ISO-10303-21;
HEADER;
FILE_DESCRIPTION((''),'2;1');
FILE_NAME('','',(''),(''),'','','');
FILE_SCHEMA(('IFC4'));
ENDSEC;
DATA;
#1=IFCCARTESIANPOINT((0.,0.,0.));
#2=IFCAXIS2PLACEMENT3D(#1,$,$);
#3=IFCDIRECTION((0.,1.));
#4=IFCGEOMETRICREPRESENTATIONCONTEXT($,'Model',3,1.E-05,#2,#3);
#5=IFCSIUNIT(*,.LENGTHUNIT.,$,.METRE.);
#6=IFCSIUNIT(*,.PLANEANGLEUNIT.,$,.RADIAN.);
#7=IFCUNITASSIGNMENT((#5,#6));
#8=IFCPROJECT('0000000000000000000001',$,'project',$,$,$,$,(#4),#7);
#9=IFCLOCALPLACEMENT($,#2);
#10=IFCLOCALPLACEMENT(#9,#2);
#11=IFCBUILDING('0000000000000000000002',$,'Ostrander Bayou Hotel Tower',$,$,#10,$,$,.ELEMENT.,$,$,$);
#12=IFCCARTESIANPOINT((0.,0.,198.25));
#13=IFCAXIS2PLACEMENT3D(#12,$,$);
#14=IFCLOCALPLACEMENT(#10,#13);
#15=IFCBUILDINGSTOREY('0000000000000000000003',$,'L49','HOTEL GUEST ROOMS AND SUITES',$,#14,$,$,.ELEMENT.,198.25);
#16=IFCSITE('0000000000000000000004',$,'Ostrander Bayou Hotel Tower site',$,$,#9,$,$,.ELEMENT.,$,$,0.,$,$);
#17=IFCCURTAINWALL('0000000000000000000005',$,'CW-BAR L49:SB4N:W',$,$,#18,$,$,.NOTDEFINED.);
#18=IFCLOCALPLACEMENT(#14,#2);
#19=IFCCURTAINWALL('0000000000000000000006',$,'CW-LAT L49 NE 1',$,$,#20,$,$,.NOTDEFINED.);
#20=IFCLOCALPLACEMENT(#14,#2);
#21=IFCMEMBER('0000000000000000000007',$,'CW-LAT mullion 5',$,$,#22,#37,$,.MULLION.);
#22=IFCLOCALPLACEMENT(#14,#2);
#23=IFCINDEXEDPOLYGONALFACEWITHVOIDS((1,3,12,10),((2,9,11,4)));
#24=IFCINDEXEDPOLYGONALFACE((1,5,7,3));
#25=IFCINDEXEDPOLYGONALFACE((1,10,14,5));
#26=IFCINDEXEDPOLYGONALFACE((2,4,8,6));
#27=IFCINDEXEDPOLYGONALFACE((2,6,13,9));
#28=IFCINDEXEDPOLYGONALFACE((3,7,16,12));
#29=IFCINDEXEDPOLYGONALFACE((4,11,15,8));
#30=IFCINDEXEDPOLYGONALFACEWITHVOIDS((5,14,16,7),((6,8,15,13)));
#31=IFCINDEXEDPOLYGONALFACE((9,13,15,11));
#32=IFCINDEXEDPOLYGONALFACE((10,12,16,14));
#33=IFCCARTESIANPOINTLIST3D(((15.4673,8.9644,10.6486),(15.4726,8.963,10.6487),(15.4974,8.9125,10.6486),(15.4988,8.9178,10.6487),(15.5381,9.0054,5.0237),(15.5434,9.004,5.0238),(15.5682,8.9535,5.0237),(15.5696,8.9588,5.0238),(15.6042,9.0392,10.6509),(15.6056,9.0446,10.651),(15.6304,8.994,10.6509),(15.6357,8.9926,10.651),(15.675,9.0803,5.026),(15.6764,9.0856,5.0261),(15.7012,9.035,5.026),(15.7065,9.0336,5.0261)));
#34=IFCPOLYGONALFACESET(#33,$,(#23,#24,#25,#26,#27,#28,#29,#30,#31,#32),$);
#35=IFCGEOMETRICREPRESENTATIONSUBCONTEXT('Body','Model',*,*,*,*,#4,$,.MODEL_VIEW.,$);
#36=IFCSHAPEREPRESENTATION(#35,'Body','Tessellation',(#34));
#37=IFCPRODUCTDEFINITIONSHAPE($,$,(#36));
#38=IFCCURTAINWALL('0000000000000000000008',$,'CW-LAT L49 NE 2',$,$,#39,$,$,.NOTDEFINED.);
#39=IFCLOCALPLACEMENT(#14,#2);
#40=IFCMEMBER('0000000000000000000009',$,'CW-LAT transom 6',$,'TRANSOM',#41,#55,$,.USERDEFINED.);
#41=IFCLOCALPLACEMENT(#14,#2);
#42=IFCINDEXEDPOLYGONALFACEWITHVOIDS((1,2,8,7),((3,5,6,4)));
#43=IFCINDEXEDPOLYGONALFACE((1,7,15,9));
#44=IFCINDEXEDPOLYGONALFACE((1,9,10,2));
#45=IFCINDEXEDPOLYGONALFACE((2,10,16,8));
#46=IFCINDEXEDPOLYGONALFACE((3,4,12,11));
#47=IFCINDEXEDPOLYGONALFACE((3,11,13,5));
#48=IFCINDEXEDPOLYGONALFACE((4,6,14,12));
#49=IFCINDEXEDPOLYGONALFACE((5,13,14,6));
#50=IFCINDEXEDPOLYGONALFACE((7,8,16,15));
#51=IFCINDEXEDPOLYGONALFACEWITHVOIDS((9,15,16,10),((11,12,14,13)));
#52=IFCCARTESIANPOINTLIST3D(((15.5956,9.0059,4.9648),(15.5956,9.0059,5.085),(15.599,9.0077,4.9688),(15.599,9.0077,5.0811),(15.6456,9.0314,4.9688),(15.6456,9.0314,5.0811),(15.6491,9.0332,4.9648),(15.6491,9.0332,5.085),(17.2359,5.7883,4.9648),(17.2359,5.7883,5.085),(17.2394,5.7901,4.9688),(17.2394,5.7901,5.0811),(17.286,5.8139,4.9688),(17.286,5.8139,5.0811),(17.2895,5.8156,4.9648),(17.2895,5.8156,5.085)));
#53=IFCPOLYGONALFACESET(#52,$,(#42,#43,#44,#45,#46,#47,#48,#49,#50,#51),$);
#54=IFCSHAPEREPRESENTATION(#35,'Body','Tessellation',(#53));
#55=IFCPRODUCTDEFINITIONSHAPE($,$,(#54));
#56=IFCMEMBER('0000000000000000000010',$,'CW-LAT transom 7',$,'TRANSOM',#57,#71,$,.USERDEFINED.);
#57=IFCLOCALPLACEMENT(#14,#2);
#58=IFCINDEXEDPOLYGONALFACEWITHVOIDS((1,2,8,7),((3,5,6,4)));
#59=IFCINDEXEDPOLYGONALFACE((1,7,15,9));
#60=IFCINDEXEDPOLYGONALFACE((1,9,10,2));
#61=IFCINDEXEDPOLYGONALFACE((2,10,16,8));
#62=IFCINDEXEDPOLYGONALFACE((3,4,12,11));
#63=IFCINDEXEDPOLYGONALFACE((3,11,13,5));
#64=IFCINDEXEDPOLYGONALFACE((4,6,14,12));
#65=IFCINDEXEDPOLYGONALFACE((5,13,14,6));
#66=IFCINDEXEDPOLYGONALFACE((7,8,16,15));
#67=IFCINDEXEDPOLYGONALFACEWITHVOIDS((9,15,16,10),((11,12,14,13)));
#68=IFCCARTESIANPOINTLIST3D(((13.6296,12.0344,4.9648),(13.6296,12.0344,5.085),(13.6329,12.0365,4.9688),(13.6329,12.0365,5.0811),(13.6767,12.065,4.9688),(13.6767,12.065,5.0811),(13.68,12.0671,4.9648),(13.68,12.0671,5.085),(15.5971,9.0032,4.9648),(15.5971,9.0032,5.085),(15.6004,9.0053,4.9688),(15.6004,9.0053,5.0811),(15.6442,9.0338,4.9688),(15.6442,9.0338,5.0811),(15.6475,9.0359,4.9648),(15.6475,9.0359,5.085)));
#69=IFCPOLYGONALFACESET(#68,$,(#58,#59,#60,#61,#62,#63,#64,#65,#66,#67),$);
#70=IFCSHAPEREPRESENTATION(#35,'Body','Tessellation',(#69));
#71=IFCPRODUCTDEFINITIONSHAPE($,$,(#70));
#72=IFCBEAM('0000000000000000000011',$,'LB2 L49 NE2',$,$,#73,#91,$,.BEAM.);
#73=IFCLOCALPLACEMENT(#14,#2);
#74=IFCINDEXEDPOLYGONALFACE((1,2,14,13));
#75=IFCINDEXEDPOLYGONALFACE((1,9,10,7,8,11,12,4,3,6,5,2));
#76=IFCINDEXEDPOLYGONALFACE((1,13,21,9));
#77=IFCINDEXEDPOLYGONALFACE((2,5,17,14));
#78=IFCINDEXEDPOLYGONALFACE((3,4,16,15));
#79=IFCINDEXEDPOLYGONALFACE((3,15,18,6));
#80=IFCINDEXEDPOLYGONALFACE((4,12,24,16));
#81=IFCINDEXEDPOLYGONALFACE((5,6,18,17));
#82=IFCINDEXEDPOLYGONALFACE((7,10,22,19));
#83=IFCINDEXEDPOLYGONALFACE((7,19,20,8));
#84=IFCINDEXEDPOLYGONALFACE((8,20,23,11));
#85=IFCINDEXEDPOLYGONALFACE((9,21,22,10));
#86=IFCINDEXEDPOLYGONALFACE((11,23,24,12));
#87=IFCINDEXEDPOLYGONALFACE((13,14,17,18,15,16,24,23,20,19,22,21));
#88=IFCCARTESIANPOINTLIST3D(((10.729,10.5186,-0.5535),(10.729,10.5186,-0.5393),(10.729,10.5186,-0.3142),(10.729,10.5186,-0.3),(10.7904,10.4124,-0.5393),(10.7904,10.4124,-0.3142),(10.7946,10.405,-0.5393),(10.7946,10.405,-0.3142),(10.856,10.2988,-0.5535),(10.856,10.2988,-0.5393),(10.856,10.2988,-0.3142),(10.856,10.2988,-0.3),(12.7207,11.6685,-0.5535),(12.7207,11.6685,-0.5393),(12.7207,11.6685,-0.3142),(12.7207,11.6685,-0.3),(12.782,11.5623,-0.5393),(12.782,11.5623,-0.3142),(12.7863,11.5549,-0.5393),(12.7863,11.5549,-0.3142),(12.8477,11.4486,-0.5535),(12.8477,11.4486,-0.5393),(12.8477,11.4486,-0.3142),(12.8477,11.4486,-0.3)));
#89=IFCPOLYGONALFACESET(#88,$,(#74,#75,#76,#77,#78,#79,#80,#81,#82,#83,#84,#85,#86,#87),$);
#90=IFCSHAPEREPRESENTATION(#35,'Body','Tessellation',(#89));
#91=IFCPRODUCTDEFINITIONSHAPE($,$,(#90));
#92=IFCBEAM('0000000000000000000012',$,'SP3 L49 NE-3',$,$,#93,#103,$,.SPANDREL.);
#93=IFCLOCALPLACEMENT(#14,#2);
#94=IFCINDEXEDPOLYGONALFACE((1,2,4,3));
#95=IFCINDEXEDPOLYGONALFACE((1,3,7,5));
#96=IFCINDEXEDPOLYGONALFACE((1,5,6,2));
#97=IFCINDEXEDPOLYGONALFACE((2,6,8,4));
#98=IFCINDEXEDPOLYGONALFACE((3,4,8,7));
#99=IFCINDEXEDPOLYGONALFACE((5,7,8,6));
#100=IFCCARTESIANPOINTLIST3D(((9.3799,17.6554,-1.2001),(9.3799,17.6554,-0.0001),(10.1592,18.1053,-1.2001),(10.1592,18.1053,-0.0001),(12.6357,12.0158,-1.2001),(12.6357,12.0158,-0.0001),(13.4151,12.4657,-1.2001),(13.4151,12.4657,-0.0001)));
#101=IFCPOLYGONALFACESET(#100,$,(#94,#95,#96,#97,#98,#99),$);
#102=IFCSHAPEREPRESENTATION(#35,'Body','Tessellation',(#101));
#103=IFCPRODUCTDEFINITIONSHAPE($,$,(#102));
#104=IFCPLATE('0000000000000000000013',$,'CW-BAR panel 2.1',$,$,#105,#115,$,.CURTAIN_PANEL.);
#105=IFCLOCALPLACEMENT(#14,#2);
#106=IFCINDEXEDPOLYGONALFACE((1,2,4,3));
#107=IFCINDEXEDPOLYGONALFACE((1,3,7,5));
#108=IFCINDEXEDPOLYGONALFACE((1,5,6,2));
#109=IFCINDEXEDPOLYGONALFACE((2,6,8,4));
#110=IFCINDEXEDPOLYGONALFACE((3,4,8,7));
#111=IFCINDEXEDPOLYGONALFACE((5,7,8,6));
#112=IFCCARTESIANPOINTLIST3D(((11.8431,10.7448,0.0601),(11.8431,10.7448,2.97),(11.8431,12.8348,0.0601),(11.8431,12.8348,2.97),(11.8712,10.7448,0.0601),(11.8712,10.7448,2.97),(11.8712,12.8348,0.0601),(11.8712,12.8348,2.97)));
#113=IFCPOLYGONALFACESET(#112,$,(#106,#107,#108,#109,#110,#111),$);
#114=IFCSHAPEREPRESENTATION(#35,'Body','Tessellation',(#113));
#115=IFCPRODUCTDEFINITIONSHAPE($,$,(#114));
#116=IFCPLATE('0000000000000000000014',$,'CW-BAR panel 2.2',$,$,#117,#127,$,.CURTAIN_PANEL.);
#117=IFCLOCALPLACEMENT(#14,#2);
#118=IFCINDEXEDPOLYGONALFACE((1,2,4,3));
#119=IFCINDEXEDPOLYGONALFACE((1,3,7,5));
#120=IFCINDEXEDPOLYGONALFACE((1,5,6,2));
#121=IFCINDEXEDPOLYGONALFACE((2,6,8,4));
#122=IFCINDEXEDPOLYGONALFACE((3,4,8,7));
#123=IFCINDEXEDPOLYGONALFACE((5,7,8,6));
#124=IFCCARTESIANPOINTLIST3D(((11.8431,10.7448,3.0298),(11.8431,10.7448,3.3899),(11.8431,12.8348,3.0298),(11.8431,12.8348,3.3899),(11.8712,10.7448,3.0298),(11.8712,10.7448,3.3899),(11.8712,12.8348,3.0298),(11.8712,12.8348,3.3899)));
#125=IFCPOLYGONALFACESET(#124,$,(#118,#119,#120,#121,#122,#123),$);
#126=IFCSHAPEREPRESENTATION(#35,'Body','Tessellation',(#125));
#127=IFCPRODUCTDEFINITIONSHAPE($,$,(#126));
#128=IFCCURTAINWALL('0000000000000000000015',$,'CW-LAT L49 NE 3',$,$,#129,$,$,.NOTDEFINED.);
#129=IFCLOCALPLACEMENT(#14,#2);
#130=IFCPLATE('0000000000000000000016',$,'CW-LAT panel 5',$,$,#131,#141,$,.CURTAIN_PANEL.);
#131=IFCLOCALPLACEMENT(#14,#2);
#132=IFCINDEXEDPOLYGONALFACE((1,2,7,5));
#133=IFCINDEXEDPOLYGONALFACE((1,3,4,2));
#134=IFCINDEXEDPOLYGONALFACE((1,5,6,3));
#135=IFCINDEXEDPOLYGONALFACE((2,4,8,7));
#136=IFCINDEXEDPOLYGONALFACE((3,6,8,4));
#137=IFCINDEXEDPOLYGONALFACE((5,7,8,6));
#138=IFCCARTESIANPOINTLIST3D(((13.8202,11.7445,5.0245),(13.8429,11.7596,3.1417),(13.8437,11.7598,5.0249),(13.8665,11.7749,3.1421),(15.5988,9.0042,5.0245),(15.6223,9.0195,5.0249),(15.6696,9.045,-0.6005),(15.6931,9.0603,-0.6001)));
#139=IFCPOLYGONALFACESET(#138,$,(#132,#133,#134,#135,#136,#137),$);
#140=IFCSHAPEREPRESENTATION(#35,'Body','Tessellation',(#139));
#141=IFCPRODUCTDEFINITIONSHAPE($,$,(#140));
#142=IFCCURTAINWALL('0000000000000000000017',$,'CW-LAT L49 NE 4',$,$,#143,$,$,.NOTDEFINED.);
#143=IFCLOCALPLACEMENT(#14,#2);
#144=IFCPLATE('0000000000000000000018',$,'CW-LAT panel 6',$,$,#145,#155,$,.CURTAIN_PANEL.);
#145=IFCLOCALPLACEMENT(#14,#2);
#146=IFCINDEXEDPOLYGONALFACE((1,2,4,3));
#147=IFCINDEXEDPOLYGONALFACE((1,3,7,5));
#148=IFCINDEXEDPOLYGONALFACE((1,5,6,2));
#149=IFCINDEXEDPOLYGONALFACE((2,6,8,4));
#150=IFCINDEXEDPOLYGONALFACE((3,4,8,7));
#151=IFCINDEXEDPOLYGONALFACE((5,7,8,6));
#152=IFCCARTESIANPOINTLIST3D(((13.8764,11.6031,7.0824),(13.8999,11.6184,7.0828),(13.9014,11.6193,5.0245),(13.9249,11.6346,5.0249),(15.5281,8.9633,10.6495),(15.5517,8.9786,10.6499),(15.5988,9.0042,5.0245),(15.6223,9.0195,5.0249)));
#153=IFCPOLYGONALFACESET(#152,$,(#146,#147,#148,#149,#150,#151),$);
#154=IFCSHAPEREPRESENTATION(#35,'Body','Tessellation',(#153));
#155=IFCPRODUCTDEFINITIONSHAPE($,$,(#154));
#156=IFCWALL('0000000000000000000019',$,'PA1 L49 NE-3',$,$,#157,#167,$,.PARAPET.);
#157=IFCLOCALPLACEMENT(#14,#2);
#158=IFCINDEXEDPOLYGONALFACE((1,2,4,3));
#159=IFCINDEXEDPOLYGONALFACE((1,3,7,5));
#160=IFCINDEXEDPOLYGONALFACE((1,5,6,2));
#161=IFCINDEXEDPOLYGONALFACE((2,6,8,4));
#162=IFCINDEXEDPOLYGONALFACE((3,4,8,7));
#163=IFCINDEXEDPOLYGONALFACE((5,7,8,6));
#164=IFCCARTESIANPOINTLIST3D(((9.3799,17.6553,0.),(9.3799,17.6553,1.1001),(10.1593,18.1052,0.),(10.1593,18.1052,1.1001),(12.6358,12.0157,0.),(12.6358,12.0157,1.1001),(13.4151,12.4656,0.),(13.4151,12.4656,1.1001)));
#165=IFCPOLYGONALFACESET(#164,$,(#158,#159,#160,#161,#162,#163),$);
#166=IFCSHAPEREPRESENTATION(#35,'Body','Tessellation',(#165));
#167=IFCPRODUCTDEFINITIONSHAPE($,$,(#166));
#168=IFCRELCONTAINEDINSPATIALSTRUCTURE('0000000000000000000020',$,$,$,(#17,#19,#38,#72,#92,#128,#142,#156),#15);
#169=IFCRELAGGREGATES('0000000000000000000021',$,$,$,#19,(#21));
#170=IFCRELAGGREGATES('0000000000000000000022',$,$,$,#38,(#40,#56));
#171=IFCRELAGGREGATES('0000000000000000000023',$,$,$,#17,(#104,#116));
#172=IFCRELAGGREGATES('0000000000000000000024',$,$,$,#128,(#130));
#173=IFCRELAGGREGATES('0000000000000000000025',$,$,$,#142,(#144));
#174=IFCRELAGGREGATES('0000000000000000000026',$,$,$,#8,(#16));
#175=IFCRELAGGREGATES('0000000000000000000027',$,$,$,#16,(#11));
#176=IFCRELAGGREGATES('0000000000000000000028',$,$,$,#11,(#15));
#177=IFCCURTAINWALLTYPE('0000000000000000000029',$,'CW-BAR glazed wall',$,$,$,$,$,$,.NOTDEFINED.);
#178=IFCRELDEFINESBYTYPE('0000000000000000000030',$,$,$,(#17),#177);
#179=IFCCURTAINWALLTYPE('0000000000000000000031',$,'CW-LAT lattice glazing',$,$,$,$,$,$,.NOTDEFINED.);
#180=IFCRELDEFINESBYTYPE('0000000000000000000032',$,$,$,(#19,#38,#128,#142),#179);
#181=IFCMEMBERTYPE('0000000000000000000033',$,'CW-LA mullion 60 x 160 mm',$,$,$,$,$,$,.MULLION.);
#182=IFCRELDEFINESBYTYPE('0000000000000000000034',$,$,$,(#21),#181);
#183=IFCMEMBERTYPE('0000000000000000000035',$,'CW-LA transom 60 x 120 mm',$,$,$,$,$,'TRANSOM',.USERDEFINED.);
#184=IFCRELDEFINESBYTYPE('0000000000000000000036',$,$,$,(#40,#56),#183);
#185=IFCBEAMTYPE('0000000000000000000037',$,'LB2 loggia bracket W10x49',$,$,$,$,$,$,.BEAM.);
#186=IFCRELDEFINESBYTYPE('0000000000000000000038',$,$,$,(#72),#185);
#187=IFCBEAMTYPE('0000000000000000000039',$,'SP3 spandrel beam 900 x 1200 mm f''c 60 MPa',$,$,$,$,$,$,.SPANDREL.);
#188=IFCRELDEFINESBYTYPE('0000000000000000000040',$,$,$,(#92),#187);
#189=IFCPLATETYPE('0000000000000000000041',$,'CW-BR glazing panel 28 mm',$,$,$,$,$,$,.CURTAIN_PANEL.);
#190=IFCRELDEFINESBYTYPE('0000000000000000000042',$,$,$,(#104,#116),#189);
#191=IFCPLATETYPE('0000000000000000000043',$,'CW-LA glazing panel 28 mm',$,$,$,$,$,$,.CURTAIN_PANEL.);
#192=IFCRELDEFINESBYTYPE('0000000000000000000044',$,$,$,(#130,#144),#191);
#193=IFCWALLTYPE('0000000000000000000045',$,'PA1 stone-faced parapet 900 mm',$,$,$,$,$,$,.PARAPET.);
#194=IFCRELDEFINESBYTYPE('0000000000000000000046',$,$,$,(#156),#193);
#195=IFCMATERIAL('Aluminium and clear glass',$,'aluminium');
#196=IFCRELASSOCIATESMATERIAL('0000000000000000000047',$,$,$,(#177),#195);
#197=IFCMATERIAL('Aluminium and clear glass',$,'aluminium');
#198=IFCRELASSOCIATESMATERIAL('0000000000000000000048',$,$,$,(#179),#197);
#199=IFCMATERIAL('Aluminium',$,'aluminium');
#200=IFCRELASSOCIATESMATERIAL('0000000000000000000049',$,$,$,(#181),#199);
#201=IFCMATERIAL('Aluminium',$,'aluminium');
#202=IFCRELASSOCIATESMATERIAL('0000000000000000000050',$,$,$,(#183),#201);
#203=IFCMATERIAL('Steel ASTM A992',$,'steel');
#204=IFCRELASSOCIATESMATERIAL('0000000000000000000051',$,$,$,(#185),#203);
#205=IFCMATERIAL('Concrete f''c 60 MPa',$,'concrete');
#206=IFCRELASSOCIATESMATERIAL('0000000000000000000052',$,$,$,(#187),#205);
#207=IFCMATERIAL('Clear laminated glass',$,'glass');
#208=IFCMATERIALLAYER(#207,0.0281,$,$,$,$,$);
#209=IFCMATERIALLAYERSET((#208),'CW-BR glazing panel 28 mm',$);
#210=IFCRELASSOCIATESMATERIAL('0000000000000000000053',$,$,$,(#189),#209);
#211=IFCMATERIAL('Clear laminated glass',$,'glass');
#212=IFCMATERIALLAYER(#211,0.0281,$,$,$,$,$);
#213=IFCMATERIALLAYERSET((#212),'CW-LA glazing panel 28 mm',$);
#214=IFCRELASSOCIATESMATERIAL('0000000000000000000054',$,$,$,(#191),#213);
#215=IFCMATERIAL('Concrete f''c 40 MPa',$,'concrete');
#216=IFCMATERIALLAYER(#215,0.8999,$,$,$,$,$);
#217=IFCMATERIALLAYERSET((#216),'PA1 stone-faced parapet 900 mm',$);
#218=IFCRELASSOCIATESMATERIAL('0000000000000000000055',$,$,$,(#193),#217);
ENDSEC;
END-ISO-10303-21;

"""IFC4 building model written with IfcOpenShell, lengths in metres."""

from ifc_helpers import new_model, si_unit, direction, frame, frame_2d, origin, origin_2d, place, context, subcontext, project, spatial, polyline, rectangle, hollow_rectangle, i_section, outline, extrude, material, layer, layer_set, material_profile, profile_set, type_object, element, aggregate, save


model = new_model("IFC4")

# Units and contexts
model_context = context("Model", 3, precision=1e-05, world=origin(), true_north=direction((0.0, 1.0)))
body_context = subcontext(model_context, "Body", "Model", "MODEL_VIEW")
ifc_project = project(units=[si_unit("LENGTHUNIT", "METRE"), si_unit("PLANEANGLEUNIT", "RADIAN")], contexts=[model_context])

# Site, building, storey
site_placement = place(None, origin())
site = spatial("IfcSite", under=ifc_project, at=site_placement, Name="Ostrander Bayou Hotel Tower site", CompositionType="ELEMENT", RefElevation=0.0)
building_placement = place(site_placement, origin())
building = spatial("IfcBuilding", under=site, at=building_placement, Name="Ostrander Bayou Hotel Tower", CompositionType="ELEMENT")
storey_placement = place(building_placement, frame((0.0, 0.0, 198.25)))
storey = spatial("IfcBuildingStorey", under=building, at=storey_placement, Name="L49", Description="HOTEL GUEST ROOMS AND SUITES", CompositionType="ELEMENT", Elevation=198.25)

# Curtain walls, members
ifc_material_1 = material(Name="Aluminium and clear glass", Category="aluminium")
curtain_wall_type_1 = type_object("IfcCurtainWallType", Name="CW-BAR glazed wall", PredefinedType="NOTDEFINED", material=ifc_material_1)
curtain_wall_1_placement = place(storey_placement, origin())
curtain_wall_1 = element("IfcCurtainWall", 1, at=curtain_wall_1_placement, inside=storey, type_object=curtain_wall_type_1, Name="CW-BAR L49:SB4N:W", PredefinedType="NOTDEFINED")
ifc_material_2 = material(Name="Aluminium and clear glass", Category="aluminium")
curtain_wall_type_2 = type_object("IfcCurtainWallType", Name="CW-LAT lattice glazing", PredefinedType="NOTDEFINED", material=ifc_material_2)
curtain_wall_2_placement = place(storey_placement, origin())
curtain_wall_2 = element("IfcCurtainWall", 2, at=curtain_wall_2_placement, inside=storey, type_object=curtain_wall_type_2, Name="CW-LAT L49 NE 1", PredefinedType="NOTDEFINED")
ifc_material_3 = material(Name="Aluminium", Category="aluminium")
ifc_material_profile_1 = material_profile(ifc_material_3, hollow_rectangle(XDim=0.0601, YDim=0.1599, WallThickness=0.0039, at=origin_2d()))
ifc_profile_set_1 = profile_set([ifc_material_profile_1], Name="Aluminium")
member_type_1 = type_object("IfcMemberType", Name="CW-LA mullion 60 x 160 mm", PredefinedType="MULLION", material=ifc_profile_set_1)
member_1_placement = place(storey_placement, frame((15.6223, 9.0195, 5.0249), z_axis=(-0.012585, -0.007291, 0.999894), x_axis=(0.501271, -0.86529, 0.0)))
member_1 = element("IfcMember", 3, at=member_1_placement, type_object=member_type_1, Name="CW-LAT mullion 5", PredefinedType="MULLION", context=body_context, shape_type="SweptSolid", body=[
    extrude(hollow_rectangle(XDim=0.0601, YDim=0.1599, WallThickness=0.0039, at=origin_2d()), origin(), (0.0, 0.0, 1.0), 5.6255),
])
aggregate(curtain_wall_2, [member_1])
curtain_wall_3_placement = place(storey_placement, origin())
curtain_wall_3 = element("IfcCurtainWall", 4, at=curtain_wall_3_placement, inside=storey, type_object=curtain_wall_type_2, Name="CW-LAT L49 NE 2", PredefinedType="NOTDEFINED")
ifc_material_4 = material(Name="Aluminium", Category="aluminium")
ifc_material_profile_2 = material_profile(ifc_material_4, hollow_rectangle(XDim=0.0601, YDim=0.1201, WallThickness=0.0039, at=origin_2d()))
ifc_profile_set_2 = profile_set([ifc_material_profile_2], Name="Aluminium")
member_type_2 = type_object("IfcMemberType", Name="CW-LA transom 60 x 120 mm", ElementType="TRANSOM", PredefinedType="USERDEFINED", material=ifc_profile_set_2)
member_2_placement = place(storey_placement, frame((15.6223, 9.0195, 5.0249), z_axis=(0.454203, -0.890898, 0.0), x_axis=(0.890898, 0.454203, 0.0)))
member_2 = element("IfcMember", 5, at=member_2_placement, type_object=member_type_2, Name="CW-LAT transom 6", ObjectType="TRANSOM", PredefinedType="USERDEFINED", context=body_context, shape_type="SweptSolid", body=[
    extrude(hollow_rectangle(XDim=0.0601, YDim=0.1201, WallThickness=0.0039, at=origin_2d()), origin(), (0.0, 0.0, 1.0), 3.6116),
])
member_3_placement = place(storey_placement, frame((15.6223, 9.0195, 5.0249), z_axis=(-0.544447, 0.838795, 0.0), x_axis=(-0.838795, -0.544447, 0.0)))
member_3 = element("IfcMember", 6, at=member_3_placement, type_object=member_type_2, Name="CW-LAT transom 7", ObjectType="TRANSOM", PredefinedType="USERDEFINED", context=body_context, shape_type="SweptSolid", body=[
    extrude(hollow_rectangle(XDim=0.0601, YDim=0.1201, WallThickness=0.0039, at=origin_2d()), origin(), (0.0, 0.0, 1.0), 3.6138),
])
aggregate(curtain_wall_3, [member_2, member_3])

# Beams
ifc_material_5 = material(Name="Steel ASTM A992", Category="steel")
ifc_material_profile_3 = material_profile(ifc_material_5, i_section(OverallWidth=0.2539, OverallDepth=0.2534, WebThickness=0.0085, FlangeThickness=0.0142, at=origin_2d()))
ifc_profile_set_3 = profile_set([ifc_material_profile_3], Name="Steel ASTM A992")
beam_type_1 = type_object("IfcBeamType", Name="LB2 loggia bracket W10x49", PredefinedType="BEAM", material=ifc_profile_set_3)
beam_1_placement = place(storey_placement, frame((12.7842, 11.5586, -0.4268), z_axis=(-0.866026, -0.499998, 0.0), x_axis=(0.499998, -0.866026, 0.0)))
element("IfcBeam", 7, at=beam_1_placement, inside=storey, type_object=beam_type_1, Name="LB2 L49 NE2", PredefinedType="BEAM", context=body_context, shape_type="SweptSolid", body=[
    extrude(i_section(OverallWidth=0.2539, OverallDepth=0.2534, WebThickness=0.0085, FlangeThickness=0.0142, at=origin_2d()), origin(), (0.0, 0.0, 1.0), 2.2998),
])
ifc_material_6 = material(Name="Concrete f'c 60 MPa", Category="concrete")
ifc_material_profile_4 = material_profile(ifc_material_6, rectangle(XDim=0.8999, YDim=1.2, at=origin_2d()))
ifc_profile_set_4 = profile_set([ifc_material_profile_4], Name="Concrete f'c 60 MPa")
beam_type_2 = type_object("IfcBeamType", Name="SP3 spandrel beam 900 x 1200 mm f'c 60 MPa", PredefinedType="SPANDREL", material=ifc_profile_set_4)
beam_2_placement = place(storey_placement, frame((13.0254, 12.2407, -0.6001), z_axis=(-0.499978, 0.866038, 0.0), x_axis=(-0.866038, -0.499978, 0.0)))
element("IfcBeam", 8, at=beam_2_placement, inside=storey, type_object=beam_type_2, Name="SP3 L49 NE-3", PredefinedType="SPANDREL", context=body_context, shape_type="SweptSolid", body=[
    extrude(rectangle(XDim=0.8999, YDim=1.2, at=origin_2d()), origin(), (0.0, 0.0, 1.0), 6.512),
])

# Plates
ifc_material_7 = material(Name="Clear laminated glass", Category="glass")
ifc_layer_1 = layer(ifc_material_7, 0.0281)
ifc_layer_set_1 = layer_set([ifc_layer_1], Name="CW-BR glazing panel 28 mm")
plate_type_1 = type_object("IfcPlateType", Name="CW-BR glazing panel 28 mm", PredefinedType="CURTAIN_PANEL", material=ifc_layer_set_1)
plate_1_placement = place(storey_placement, frame((11.8572, 11.7898, 0.0601), z_axis=(0.0, 0.0, 1.0), x_axis=(0.0, 1.0, 0.0)))
plate_1 = element("IfcPlate", 9, at=plate_1_placement, type_object=plate_type_1, Name="CW-BAR panel 2.1", PredefinedType="CURTAIN_PANEL", context=body_context, shape_type="SweptSolid", body=[
    extrude(rectangle(XDim=2.0901, YDim=0.0281, at=origin_2d()), origin(), (0.0, 0.0, 1.0), 2.9099),
])
plate_2_placement = place(storey_placement, frame((11.8572, 11.7898, 3.0298), z_axis=(0.0, 0.0, 1.0), x_axis=(0.0, 1.0, 0.0)))
plate_2 = element("IfcPlate", 10, at=plate_2_placement, type_object=plate_type_1, Name="CW-BAR panel 2.2", PredefinedType="CURTAIN_PANEL", context=body_context, shape_type="SweptSolid", body=[
    extrude(rectangle(XDim=2.0901, YDim=0.0281, at=origin_2d()), origin(), (0.0, 0.0, 1.0), 0.3601),
])
aggregate(curtain_wall_1, [plate_1, plate_2])

# Curtain walls, plates
curtain_wall_4_placement = place(storey_placement, origin())
curtain_wall_4 = element("IfcCurtainWall", 11, at=curtain_wall_4_placement, inside=storey, type_object=curtain_wall_type_2, Name="CW-LAT L49 NE 3", PredefinedType="NOTDEFINED")
ifc_material_8 = material(Name="Clear laminated glass", Category="glass")
ifc_layer_2 = layer(ifc_material_8, 0.0281)
ifc_layer_set_2 = layer_set([ifc_layer_2], Name="CW-LA glazing panel 28 mm")
plate_type_2 = type_object("IfcPlateType", Name="CW-LA glazing panel 28 mm", PredefinedType="CURTAIN_PANEL", material=ifc_layer_set_2)
plate_3_placement = place(storey_placement, frame((13.8665, 11.7749, 3.1421), z_axis=(0.838714, 0.544378, 0.0145), x_axis=(0.367469, -0.546102, -0.752821)))
plate_3 = element("IfcPlate", 12, at=plate_3_placement, type_object=plate_type_2, Name="CW-LAT panel 5", PredefinedType="CURTAIN_PANEL", context=body_context, shape_type="SweptSolid", body=[
    extrude(outline(polyline([(0.0, 0.0), (4.9709, 0.0), (0.7325, -3.6991), (-1.4175, -1.2395), (0.0, 0.0)])), origin(), (0.0, 0.0, -1.0), 0.0281),
])
aggregate(curtain_wall_4, [plate_3])
curtain_wall_5_placement = place(storey_placement, origin())
curtain_wall_5 = element("IfcCurtainWall", 13, at=curtain_wall_5_placement, inside=storey, type_object=curtain_wall_type_2, Name="CW-LAT L49 NE 4", PredefinedType="NOTDEFINED")
plate_4_placement = place(storey_placement, frame((13.8999, 11.6184, 7.0828), z_axis=(0.838713, 0.544381, 0.014496), x_axis=(0.348831, -0.557494, 0.753338)))
plate_4 = element("IfcPlate", 14, at=plate_4_placement, type_object=plate_type_2, Name="CW-LAT panel 6", PredefinedType="CURTAIN_PANEL", context=body_context, shape_type="SweptSolid", body=[
    extrude(outline(polyline([(0.0, 0.0), (4.7351, 0.0), (0.4994, 3.7022), (-1.5506, 1.3533), (0.0, 0.0)])), origin(), (0.0, 0.0, -1.0), 0.0281),
])
aggregate(curtain_wall_5, [plate_4])

# Wall
ifc_material_9 = material(Name="Concrete f'c 40 MPa", Category="concrete")
ifc_layer_3 = layer(ifc_material_9, 0.8999)
ifc_layer_set_3 = layer_set([ifc_layer_3], Name="PA1 stone-faced parapet 900 mm")
wall_type = type_object("IfcWallType", Name="PA1 stone-faced parapet 900 mm", PredefinedType="PARAPET", material=ifc_layer_set_3)
wall_placement = place(storey_placement, frame((13.0254, 12.2407, 0.0), z_axis=(0.0, 0.0, 1.0), x_axis=(-0.499978, 0.866038, 0.0)))
element("IfcWall", 15, at=wall_placement, inside=storey, type_object=wall_type, Name="PA1 L49 NE-3", PredefinedType="PARAPET", context=body_context, shape_type="SweptSolid", body=[
    extrude(rectangle(XDim=6.512, YDim=0.8999, at=frame_2d((3.2559, 0.0))), origin(), (0.0, 0.0, 1.0), 1.1001),
])

save(model, "model.ifc")
